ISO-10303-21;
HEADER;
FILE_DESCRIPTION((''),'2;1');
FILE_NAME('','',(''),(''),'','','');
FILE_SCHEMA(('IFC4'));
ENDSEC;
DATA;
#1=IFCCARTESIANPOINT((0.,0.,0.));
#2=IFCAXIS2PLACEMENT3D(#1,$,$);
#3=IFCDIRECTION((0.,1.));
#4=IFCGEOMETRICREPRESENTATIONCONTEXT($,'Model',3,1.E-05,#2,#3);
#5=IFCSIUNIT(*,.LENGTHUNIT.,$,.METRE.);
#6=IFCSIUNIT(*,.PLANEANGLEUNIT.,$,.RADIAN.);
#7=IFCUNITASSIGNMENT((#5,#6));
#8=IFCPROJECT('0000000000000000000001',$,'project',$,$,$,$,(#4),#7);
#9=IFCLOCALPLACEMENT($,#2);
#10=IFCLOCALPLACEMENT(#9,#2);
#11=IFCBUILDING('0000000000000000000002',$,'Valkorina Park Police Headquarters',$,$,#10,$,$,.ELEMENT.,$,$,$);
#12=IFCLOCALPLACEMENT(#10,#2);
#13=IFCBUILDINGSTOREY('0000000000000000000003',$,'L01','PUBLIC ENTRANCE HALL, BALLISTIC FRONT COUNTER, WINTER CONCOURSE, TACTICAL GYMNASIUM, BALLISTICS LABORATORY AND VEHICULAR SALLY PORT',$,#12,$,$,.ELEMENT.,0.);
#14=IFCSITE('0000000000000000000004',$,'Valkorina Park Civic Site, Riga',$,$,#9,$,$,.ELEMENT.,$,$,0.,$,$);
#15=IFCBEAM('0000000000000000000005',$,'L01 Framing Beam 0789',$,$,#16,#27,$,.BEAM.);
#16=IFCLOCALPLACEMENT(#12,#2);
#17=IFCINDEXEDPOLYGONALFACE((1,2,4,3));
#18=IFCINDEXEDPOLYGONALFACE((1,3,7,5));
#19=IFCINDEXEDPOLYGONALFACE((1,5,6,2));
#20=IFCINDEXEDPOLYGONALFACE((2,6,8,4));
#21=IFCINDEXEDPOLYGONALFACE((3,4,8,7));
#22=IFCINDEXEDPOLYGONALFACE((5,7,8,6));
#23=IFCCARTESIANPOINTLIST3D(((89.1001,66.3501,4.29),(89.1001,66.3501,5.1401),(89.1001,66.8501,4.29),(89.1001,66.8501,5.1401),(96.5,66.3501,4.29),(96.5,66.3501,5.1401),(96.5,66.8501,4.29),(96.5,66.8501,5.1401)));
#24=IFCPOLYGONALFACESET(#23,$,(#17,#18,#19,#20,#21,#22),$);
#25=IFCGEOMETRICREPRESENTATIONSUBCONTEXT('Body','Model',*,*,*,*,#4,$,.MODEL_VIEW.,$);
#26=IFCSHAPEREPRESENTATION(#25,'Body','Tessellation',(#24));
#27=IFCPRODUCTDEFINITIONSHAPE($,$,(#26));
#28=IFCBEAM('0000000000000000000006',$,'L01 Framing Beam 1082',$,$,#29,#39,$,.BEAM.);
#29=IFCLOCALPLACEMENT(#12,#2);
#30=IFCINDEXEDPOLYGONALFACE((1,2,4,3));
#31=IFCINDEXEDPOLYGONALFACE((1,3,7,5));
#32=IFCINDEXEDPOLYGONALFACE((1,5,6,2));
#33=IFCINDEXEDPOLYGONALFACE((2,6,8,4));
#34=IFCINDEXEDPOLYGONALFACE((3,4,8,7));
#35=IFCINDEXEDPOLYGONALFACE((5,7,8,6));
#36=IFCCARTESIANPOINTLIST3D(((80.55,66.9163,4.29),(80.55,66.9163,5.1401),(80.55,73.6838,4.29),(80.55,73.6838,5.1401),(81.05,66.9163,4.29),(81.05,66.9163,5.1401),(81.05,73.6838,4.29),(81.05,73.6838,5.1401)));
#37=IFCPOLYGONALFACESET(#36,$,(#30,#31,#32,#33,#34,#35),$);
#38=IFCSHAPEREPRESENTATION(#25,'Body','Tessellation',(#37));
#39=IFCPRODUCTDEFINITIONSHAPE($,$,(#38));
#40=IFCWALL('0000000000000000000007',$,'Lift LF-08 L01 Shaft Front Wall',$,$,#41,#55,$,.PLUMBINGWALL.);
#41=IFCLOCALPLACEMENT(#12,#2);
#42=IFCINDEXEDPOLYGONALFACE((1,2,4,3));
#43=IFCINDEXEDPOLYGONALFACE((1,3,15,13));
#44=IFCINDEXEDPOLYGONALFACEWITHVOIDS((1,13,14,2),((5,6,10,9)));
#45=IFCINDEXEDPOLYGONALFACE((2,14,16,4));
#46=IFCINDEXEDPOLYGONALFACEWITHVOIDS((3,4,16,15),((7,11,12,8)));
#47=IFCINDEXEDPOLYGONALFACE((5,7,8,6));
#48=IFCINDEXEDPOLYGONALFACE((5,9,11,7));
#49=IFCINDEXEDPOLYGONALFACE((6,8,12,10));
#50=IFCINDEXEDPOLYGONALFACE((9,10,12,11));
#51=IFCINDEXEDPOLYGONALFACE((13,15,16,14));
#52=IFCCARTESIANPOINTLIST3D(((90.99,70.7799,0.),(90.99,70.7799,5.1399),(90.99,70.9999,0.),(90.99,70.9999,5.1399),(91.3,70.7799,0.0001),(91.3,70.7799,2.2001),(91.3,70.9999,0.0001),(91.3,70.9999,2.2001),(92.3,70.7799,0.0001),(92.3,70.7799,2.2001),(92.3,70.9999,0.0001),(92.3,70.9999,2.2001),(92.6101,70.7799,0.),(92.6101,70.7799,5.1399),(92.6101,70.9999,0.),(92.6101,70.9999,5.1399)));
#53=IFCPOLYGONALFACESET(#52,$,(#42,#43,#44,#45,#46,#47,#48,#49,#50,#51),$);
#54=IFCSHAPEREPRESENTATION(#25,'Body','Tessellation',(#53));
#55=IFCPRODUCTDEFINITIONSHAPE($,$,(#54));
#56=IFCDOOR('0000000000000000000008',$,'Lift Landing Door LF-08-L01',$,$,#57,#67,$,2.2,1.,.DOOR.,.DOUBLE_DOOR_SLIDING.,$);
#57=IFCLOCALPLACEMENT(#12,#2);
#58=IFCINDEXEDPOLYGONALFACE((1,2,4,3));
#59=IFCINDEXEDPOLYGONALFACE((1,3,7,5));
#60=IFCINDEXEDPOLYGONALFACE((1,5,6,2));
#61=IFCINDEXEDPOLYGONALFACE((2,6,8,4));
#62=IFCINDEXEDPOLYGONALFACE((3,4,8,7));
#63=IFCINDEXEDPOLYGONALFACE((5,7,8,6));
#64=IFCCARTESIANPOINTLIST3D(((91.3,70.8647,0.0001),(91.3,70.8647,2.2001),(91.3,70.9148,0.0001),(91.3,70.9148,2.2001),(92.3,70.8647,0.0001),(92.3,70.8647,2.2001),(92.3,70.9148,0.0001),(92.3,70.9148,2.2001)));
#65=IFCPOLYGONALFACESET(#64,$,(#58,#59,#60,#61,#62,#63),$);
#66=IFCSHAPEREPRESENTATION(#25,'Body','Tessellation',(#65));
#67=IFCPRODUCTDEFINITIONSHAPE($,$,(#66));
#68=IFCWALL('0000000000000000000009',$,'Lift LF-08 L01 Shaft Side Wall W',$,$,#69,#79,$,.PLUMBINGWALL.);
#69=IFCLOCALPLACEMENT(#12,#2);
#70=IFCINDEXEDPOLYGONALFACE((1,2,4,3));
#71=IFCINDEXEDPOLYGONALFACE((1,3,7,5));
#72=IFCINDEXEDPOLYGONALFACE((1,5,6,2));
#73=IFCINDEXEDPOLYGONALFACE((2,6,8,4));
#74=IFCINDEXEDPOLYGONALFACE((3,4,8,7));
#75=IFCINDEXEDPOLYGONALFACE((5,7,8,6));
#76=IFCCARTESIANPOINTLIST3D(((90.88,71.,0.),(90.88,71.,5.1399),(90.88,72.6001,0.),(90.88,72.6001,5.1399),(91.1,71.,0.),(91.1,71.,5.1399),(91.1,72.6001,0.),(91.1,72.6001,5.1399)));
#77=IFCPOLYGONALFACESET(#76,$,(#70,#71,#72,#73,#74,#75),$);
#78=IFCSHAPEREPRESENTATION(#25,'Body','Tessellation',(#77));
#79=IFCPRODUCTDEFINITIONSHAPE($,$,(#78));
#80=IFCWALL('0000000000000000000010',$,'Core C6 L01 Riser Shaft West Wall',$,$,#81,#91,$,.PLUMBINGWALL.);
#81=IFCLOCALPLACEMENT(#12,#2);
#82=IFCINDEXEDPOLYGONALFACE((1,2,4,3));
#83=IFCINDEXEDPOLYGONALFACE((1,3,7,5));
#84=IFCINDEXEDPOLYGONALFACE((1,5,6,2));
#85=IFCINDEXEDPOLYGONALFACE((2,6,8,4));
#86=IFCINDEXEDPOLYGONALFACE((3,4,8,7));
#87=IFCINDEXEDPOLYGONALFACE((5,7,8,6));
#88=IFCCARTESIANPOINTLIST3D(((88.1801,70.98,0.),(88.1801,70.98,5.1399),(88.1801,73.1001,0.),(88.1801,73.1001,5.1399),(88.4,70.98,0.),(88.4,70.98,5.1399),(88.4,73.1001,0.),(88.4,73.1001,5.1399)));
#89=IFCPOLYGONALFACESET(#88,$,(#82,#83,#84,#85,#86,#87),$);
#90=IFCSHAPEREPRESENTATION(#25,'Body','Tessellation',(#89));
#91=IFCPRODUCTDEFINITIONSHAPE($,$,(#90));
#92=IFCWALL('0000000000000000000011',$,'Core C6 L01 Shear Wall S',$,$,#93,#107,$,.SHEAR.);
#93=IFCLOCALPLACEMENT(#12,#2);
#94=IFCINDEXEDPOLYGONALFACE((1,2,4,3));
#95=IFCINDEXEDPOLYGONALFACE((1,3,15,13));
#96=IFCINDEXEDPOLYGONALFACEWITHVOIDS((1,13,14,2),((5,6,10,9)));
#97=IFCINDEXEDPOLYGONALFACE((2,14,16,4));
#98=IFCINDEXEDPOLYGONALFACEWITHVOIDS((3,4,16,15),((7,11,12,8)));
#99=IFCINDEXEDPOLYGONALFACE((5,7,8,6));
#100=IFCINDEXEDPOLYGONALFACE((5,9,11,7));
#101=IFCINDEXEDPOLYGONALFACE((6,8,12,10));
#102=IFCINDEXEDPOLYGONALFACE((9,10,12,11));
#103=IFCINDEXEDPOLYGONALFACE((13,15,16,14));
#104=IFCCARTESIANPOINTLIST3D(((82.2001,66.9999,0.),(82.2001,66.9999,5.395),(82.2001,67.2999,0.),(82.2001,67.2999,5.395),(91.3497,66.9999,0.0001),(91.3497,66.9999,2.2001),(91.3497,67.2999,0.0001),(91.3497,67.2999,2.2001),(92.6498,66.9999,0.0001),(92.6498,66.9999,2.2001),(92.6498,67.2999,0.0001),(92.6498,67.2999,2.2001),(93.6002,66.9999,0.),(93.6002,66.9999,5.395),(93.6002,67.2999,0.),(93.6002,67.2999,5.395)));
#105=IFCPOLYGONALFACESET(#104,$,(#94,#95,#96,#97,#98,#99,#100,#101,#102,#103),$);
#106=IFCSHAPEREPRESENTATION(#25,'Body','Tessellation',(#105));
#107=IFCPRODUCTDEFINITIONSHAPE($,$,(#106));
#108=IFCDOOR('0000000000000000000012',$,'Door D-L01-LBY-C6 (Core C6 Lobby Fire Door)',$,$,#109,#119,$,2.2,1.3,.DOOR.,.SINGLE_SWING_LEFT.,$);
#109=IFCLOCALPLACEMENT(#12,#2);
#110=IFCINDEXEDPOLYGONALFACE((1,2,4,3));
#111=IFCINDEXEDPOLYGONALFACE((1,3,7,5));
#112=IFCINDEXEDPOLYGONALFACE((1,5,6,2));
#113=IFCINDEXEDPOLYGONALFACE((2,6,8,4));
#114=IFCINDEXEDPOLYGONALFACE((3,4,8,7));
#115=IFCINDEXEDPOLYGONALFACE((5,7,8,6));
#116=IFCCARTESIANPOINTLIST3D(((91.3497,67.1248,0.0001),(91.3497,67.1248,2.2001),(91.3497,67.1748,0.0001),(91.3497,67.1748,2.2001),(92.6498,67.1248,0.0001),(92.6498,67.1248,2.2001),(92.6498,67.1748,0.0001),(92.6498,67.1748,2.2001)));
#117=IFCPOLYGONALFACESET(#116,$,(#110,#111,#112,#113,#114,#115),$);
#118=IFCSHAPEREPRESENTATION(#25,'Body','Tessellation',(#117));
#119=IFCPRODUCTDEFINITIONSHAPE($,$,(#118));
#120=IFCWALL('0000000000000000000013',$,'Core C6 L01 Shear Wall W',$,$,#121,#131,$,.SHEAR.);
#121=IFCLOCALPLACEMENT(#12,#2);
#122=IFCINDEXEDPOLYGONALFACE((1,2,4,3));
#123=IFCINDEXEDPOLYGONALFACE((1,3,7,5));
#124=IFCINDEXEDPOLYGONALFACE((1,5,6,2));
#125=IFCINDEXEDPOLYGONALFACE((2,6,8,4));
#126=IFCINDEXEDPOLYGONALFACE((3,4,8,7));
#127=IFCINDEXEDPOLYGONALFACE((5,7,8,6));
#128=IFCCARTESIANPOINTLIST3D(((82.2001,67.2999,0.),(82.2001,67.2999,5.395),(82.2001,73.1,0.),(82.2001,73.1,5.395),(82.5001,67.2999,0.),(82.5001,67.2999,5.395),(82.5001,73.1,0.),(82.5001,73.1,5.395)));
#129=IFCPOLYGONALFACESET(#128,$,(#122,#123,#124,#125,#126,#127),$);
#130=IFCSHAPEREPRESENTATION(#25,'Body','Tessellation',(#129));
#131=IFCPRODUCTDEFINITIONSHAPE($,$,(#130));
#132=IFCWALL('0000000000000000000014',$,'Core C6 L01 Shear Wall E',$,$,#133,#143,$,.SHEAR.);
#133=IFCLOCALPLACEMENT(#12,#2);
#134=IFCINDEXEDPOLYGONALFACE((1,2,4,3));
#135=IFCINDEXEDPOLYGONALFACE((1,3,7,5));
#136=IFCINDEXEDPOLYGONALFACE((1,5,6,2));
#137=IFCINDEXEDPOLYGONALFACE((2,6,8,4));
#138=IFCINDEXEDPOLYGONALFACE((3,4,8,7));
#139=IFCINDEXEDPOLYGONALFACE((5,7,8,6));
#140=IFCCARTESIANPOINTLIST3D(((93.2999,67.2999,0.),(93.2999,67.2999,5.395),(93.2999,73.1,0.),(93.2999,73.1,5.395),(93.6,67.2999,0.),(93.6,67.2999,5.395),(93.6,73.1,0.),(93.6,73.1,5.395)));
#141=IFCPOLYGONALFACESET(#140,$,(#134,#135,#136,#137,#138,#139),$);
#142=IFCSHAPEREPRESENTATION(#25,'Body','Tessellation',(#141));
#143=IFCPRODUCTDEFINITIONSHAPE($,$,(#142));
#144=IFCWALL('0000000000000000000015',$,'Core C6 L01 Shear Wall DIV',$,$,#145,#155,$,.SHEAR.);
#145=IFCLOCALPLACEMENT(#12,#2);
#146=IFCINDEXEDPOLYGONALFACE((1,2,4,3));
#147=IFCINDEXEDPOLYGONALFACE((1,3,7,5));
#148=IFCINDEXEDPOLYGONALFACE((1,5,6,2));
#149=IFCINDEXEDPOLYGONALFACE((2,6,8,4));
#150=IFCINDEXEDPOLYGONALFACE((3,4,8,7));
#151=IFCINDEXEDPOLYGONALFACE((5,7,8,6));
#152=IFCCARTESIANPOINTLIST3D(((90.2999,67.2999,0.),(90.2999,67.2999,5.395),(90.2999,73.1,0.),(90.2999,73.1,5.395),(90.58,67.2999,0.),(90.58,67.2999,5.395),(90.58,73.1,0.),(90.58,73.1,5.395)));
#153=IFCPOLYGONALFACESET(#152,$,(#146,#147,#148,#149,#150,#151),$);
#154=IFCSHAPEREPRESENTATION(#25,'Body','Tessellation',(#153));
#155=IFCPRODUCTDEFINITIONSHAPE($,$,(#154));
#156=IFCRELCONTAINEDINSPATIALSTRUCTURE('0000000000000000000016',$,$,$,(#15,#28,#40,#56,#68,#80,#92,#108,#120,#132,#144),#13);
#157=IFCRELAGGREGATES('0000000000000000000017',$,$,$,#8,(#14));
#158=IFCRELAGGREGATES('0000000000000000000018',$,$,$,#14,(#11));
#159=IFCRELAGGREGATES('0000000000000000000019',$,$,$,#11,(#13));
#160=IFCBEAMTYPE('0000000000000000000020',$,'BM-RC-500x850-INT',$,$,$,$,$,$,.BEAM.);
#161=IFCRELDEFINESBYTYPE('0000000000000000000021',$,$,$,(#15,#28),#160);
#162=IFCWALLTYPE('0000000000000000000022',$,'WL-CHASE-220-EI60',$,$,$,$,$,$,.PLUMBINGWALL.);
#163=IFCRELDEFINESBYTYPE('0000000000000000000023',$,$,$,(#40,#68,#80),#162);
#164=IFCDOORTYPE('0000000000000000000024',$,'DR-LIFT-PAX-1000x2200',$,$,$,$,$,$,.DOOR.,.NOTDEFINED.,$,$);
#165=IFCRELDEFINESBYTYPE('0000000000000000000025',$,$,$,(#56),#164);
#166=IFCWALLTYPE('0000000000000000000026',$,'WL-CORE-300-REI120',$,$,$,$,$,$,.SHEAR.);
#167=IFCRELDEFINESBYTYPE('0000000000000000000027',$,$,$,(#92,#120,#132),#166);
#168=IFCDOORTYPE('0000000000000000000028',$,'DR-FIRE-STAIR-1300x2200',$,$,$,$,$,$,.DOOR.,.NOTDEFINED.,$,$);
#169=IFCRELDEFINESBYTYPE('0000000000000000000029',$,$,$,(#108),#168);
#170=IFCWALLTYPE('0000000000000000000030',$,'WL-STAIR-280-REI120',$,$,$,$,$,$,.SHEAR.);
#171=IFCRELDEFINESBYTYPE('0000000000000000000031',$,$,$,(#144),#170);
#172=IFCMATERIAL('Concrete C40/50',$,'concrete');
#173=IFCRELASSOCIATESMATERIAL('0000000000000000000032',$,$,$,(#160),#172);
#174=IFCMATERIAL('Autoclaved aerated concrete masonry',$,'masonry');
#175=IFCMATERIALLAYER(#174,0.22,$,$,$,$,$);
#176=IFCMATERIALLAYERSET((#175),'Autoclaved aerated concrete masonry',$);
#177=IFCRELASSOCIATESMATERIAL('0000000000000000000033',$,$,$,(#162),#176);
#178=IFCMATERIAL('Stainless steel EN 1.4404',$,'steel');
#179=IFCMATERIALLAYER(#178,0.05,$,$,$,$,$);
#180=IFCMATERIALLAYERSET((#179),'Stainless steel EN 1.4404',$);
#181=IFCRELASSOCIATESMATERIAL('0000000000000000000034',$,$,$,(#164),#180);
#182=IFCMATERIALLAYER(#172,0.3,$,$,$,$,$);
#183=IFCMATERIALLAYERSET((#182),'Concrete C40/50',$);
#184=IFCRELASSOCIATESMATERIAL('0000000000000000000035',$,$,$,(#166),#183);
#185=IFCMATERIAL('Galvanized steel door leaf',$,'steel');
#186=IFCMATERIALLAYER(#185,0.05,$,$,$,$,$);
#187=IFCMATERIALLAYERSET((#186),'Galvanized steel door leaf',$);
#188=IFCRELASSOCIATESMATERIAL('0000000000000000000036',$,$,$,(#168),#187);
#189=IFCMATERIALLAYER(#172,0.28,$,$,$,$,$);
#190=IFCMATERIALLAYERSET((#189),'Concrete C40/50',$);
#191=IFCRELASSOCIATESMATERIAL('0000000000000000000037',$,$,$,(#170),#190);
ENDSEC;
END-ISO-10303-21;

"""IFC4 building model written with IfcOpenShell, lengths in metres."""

from ifc_helpers import new_model, si_unit, direction, frame, frame_2d, origin, origin_2d, place, context, subcontext, project, spatial, rectangle, extrude, material, layer, layer_set, material_profile, profile_set, type_object, element, fill, save


model = new_model("IFC4")

# Units and contexts
model_context = context("Model", 3, precision=1e-05, world=origin(), true_north=direction((0.0, 1.0)))
body_context = subcontext(model_context, "Body", "Model", "MODEL_VIEW")
ifc_project = project(units=[si_unit("LENGTHUNIT", "METRE"), si_unit("PLANEANGLEUNIT", "RADIAN")], contexts=[model_context])

# Site, building, storey
site_placement = place(None, origin())
site = spatial("IfcSite", under=ifc_project, at=site_placement, Name="Valkorina Park Civic Site, Riga", CompositionType="ELEMENT", RefElevation=0.0)
building_placement = place(site_placement, origin())
building = spatial("IfcBuilding", under=site, at=building_placement, Name="Valkorina Park Police Headquarters", CompositionType="ELEMENT")
storey_placement = place(building_placement, origin())
storey = spatial("IfcBuildingStorey", under=building, at=storey_placement, Name="L01", Description="PUBLIC ENTRANCE HALL, BALLISTIC FRONT COUNTER, WINTER CONCOURSE, TACTICAL GYMNASIUM, BALLISTICS LABORATORY AND VEHICULAR SALLY PORT", CompositionType="ELEMENT", Elevation=0.0)

# Beams
ifc_material_1 = material(Name="Concrete C40/50", Category="concrete")
ifc_material_profile = material_profile(ifc_material_1, rectangle(XDim=0.5, YDim=0.8501, at=origin_2d()), Name="RC BEAM 500x850")
ifc_profile_set = profile_set([ifc_material_profile], Name="Concrete C40/50")
beam_type = type_object("IfcBeamType", Name="BM-RC-500x850-INT", PredefinedType="BEAM", material=ifc_profile_set)
beam_1_placement = place(storey_placement, frame((89.1001, 66.6001, 4.7151), z_axis=(1.0, 0.0, 0.0), x_axis=(0.0, 1.0, 0.0)))
element("IfcBeam", 1, at=beam_1_placement, inside=storey, type_object=beam_type, Name="L01 Framing Beam 0789", PredefinedType="BEAM", context=body_context, shape_type="SweptSolid", body=[
    extrude(rectangle(XDim=0.5, YDim=0.8501, at=origin_2d()), origin(), (0.0, 0.0, 1.0), 7.3999),
])
beam_2_placement = place(storey_placement, frame((80.8, 66.9163, 4.7151), z_axis=(0.0, 1.0, 0.0), x_axis=(-1.0, 0.0, 0.0)))
element("IfcBeam", 2, at=beam_2_placement, inside=storey, type_object=beam_type, Name="L01 Framing Beam 1082", PredefinedType="BEAM", context=body_context, shape_type="SweptSolid", body=[
    extrude(rectangle(XDim=0.5, YDim=0.8501, at=origin_2d()), origin(), (0.0, 0.0, 1.0), 6.7676),
])

# Wall, opening, door
ifc_material_2 = material(Name="Autoclaved aerated concrete masonry", Category="masonry")
ifc_layer_1 = layer(ifc_material_2, 0.22)
ifc_layer_set_1 = layer_set([ifc_layer_1], Name="Autoclaved aerated concrete masonry")
wall_type_1 = type_object("IfcWallType", Name="WL-CHASE-220-EI60", PredefinedType="PLUMBINGWALL", material=ifc_layer_set_1)
wall_1_placement = place(storey_placement, frame((90.99, 70.8899, 0.0), z_axis=(0.0, 0.0, 1.0), x_axis=(1.0, 0.0, 0.0)))
wall_1 = element("IfcWall", 3, at=wall_1_placement, inside=storey, type_object=wall_type_1, Name="Lift LF-08 L01 Shaft Front Wall", PredefinedType="PLUMBINGWALL", context=body_context, shape_type="SweptSolid", body=[
    extrude(rectangle(XDim=1.6201, YDim=0.22, at=frame_2d((0.8101, 0.0))), origin(), (0.0, 0.0, 1.0), 5.1399),
])
opening_1_placement = place(wall_1_placement, frame((0.3101, 0.0, 0.0)))
opening_1 = element("IfcOpeningElement", 4, at=opening_1_placement, cuts=wall_1, PredefinedType="OPENING", context=body_context, shape_type="SweptSolid", body=[
    extrude(rectangle(XDim=1.0, YDim=2.2, at=frame_2d((0.5, 1.1001))), frame((0.0, 0.1201, 0.0), z_axis=(0.0, -1.0, 0.0), x_axis=(1.0, 0.0, 0.0)), (0.0, 0.0, 1.0), 0.24),
])
ifc_material_3 = material(Name="Stainless steel EN 1.4404", Category="steel")
ifc_layer_2 = layer(ifc_material_3, 0.05)
ifc_layer_set_2 = layer_set([ifc_layer_2], Name="Stainless steel EN 1.4404")
door_type_1 = type_object("IfcDoorType", Name="DR-LIFT-PAX-1000x2200", OperationType="NOTDEFINED", PredefinedType="DOOR", material=ifc_layer_set_2)
door_1_placement = place(opening_1_placement, origin())
door_1 = element("IfcDoor", 5, at=door_1_placement, inside=storey, type_object=door_type_1, Name="Lift Landing Door LF-08-L01", OperationType="DOUBLE_DOOR_SLIDING", OverallHeight=2.2, OverallWidth=1.0, PredefinedType="DOOR", context=body_context, shape_type="SweptSolid", body=[
    extrude(rectangle(XDim=1.0, YDim=2.2, at=frame_2d((0.5, 1.1001))), frame((0.0, 0.0249, 0.0), z_axis=(0.0, -1.0, 0.0), x_axis=(1.0, 0.0, 0.0)), (0.0, 0.0, 1.0), 0.05),
])
fill(opening_1, door_1)

# Walls
wall_2_placement = place(storey_placement, frame((90.99, 71.0, 0.0), z_axis=(0.0, 0.0, 1.0), x_axis=(0.0, 1.0, 0.0)))
element("IfcWall", 6, at=wall_2_placement, inside=storey, type_object=wall_type_1, Name="Lift LF-08 L01 Shaft Side Wall W", PredefinedType="PLUMBINGWALL", context=body_context, shape_type="SweptSolid", body=[
    extrude(rectangle(XDim=1.6001, YDim=0.22, at=frame_2d((0.8, 0.0))), origin(), (0.0, 0.0, 1.0), 5.1399),
])
wall_3_placement = place(storey_placement, frame((88.29, 70.98, 0.0), z_axis=(0.0, 0.0, 1.0), x_axis=(0.0, 1.0, 0.0)))
element("IfcWall", 7, at=wall_3_placement, inside=storey, type_object=wall_type_1, Name="Core C6 L01 Riser Shaft West Wall", PredefinedType="PLUMBINGWALL", context=body_context, shape_type="SweptSolid", body=[
    extrude(rectangle(XDim=2.1201, YDim=0.22, at=frame_2d((1.0601, 0.0))), origin(), (0.0, 0.0, 1.0), 5.1399),
])

# Wall, opening, door
ifc_layer_3 = layer(ifc_material_1, 0.3)
ifc_layer_set_3 = layer_set([ifc_layer_3], Name="Concrete C40/50")
wall_type_2 = type_object("IfcWallType", Name="WL-CORE-300-REI120", PredefinedType="SHEAR", material=ifc_layer_set_3)
wall_4_placement = place(storey_placement, frame((82.2, 67.1499, 0.0), z_axis=(0.0, 0.0, 1.0), x_axis=(1.0, 0.0, 0.0)))
wall_4 = element("IfcWall", 8, at=wall_4_placement, inside=storey, type_object=wall_type_2, Name="Core C6 L01 Shear Wall S", PredefinedType="SHEAR", context=body_context, shape_type="SweptSolid", body=[
    extrude(rectangle(XDim=11.4001, YDim=0.3, at=frame_2d((5.7002, 0.0))), origin(), (0.0, 0.0, 1.0), 5.395),
])
opening_2_placement = place(wall_4_placement, frame((9.1499, 0.0, 0.0)))
opening_2 = element("IfcOpeningElement", 9, at=opening_2_placement, cuts=wall_4, PredefinedType="OPENING", context=body_context, shape_type="SweptSolid", body=[
    extrude(rectangle(XDim=1.3, YDim=2.2, at=frame_2d((0.6499, 1.1001))), frame((0.0, 0.1602, 0.0), z_axis=(0.0, -1.0, 0.0), x_axis=(1.0, 0.0, 0.0)), (0.0, 0.0, 1.0), 0.3201),
])
ifc_material_4 = material(Name="Galvanized steel door leaf", Category="steel")
ifc_layer_4 = layer(ifc_material_4, 0.05)
ifc_layer_set_4 = layer_set([ifc_layer_4], Name="Galvanized steel door leaf")
door_type_2 = type_object("IfcDoorType", Name="DR-FIRE-STAIR-1300x2200", OperationType="NOTDEFINED", PredefinedType="DOOR", material=ifc_layer_set_4)
door_2_placement = place(opening_2_placement, origin())
door_2 = element("IfcDoor", 10, at=door_2_placement, inside=storey, type_object=door_type_2, Name="Door D-L01-LBY-C6 (Core C6 Lobby Fire Door)", OperationType="SINGLE_SWING_LEFT", OverallHeight=2.2, OverallWidth=1.3, PredefinedType="DOOR", context=body_context, shape_type="SweptSolid", body=[
    extrude(rectangle(XDim=1.3, YDim=2.2, at=frame_2d((0.6499, 1.1001))), frame((0.0, 0.0249, 0.0), z_axis=(0.0, -1.0, 0.0), x_axis=(1.0, 0.0, 0.0)), (0.0, 0.0, 1.0), 0.05),
])
fill(opening_2, door_2)

# Walls
for number, where, z_axis, x_axis, name in (
    (11, (82.3501, 67.3, 0.0), (0.0, 0.0, 1.0), (0.0, 1.0, 0.0), "Core C6 L01 Shear Wall W"),
    (12, (93.45, 67.3, 0.0), (0.0, 0.0, 1.0), (0.0, 1.0, 0.0), "Core C6 L01 Shear Wall E"),
):
    element("IfcWall", number, at=place(storey_placement, frame(where, z_axis=z_axis, x_axis=x_axis)), inside=storey, type_object=wall_type_2, Name=name, PredefinedType="SHEAR", context=body_context, shape_type="SweptSolid", body=[
        extrude(rectangle(XDim=5.8, YDim=0.3, at=frame_2d((2.8999, 0.0))), origin(), (0.0, 0.0, 1.0), 5.395),
    ])
ifc_layer_5 = layer(ifc_material_1, 0.28)
ifc_layer_set_5 = layer_set([ifc_layer_5], Name="Concrete C40/50")
wall_type_3 = type_object("IfcWallType", Name="WL-STAIR-280-REI120", PredefinedType="SHEAR", material=ifc_layer_set_5)
wall_5_placement = place(storey_placement, frame((90.4399, 67.3, 0.0), z_axis=(0.0, 0.0, 1.0), x_axis=(0.0, 1.0, 0.0)))
element("IfcWall", 13, at=wall_5_placement, inside=storey, type_object=wall_type_3, Name="Core C6 L01 Shear Wall DIV", PredefinedType="SHEAR", context=body_context, shape_type="SweptSolid", body=[
    extrude(rectangle(XDim=5.8, YDim=0.28, at=frame_2d((2.8999, 0.0))), origin(), (0.0, 0.0, 1.0), 5.395),
])

save(model, "model.ifc")
